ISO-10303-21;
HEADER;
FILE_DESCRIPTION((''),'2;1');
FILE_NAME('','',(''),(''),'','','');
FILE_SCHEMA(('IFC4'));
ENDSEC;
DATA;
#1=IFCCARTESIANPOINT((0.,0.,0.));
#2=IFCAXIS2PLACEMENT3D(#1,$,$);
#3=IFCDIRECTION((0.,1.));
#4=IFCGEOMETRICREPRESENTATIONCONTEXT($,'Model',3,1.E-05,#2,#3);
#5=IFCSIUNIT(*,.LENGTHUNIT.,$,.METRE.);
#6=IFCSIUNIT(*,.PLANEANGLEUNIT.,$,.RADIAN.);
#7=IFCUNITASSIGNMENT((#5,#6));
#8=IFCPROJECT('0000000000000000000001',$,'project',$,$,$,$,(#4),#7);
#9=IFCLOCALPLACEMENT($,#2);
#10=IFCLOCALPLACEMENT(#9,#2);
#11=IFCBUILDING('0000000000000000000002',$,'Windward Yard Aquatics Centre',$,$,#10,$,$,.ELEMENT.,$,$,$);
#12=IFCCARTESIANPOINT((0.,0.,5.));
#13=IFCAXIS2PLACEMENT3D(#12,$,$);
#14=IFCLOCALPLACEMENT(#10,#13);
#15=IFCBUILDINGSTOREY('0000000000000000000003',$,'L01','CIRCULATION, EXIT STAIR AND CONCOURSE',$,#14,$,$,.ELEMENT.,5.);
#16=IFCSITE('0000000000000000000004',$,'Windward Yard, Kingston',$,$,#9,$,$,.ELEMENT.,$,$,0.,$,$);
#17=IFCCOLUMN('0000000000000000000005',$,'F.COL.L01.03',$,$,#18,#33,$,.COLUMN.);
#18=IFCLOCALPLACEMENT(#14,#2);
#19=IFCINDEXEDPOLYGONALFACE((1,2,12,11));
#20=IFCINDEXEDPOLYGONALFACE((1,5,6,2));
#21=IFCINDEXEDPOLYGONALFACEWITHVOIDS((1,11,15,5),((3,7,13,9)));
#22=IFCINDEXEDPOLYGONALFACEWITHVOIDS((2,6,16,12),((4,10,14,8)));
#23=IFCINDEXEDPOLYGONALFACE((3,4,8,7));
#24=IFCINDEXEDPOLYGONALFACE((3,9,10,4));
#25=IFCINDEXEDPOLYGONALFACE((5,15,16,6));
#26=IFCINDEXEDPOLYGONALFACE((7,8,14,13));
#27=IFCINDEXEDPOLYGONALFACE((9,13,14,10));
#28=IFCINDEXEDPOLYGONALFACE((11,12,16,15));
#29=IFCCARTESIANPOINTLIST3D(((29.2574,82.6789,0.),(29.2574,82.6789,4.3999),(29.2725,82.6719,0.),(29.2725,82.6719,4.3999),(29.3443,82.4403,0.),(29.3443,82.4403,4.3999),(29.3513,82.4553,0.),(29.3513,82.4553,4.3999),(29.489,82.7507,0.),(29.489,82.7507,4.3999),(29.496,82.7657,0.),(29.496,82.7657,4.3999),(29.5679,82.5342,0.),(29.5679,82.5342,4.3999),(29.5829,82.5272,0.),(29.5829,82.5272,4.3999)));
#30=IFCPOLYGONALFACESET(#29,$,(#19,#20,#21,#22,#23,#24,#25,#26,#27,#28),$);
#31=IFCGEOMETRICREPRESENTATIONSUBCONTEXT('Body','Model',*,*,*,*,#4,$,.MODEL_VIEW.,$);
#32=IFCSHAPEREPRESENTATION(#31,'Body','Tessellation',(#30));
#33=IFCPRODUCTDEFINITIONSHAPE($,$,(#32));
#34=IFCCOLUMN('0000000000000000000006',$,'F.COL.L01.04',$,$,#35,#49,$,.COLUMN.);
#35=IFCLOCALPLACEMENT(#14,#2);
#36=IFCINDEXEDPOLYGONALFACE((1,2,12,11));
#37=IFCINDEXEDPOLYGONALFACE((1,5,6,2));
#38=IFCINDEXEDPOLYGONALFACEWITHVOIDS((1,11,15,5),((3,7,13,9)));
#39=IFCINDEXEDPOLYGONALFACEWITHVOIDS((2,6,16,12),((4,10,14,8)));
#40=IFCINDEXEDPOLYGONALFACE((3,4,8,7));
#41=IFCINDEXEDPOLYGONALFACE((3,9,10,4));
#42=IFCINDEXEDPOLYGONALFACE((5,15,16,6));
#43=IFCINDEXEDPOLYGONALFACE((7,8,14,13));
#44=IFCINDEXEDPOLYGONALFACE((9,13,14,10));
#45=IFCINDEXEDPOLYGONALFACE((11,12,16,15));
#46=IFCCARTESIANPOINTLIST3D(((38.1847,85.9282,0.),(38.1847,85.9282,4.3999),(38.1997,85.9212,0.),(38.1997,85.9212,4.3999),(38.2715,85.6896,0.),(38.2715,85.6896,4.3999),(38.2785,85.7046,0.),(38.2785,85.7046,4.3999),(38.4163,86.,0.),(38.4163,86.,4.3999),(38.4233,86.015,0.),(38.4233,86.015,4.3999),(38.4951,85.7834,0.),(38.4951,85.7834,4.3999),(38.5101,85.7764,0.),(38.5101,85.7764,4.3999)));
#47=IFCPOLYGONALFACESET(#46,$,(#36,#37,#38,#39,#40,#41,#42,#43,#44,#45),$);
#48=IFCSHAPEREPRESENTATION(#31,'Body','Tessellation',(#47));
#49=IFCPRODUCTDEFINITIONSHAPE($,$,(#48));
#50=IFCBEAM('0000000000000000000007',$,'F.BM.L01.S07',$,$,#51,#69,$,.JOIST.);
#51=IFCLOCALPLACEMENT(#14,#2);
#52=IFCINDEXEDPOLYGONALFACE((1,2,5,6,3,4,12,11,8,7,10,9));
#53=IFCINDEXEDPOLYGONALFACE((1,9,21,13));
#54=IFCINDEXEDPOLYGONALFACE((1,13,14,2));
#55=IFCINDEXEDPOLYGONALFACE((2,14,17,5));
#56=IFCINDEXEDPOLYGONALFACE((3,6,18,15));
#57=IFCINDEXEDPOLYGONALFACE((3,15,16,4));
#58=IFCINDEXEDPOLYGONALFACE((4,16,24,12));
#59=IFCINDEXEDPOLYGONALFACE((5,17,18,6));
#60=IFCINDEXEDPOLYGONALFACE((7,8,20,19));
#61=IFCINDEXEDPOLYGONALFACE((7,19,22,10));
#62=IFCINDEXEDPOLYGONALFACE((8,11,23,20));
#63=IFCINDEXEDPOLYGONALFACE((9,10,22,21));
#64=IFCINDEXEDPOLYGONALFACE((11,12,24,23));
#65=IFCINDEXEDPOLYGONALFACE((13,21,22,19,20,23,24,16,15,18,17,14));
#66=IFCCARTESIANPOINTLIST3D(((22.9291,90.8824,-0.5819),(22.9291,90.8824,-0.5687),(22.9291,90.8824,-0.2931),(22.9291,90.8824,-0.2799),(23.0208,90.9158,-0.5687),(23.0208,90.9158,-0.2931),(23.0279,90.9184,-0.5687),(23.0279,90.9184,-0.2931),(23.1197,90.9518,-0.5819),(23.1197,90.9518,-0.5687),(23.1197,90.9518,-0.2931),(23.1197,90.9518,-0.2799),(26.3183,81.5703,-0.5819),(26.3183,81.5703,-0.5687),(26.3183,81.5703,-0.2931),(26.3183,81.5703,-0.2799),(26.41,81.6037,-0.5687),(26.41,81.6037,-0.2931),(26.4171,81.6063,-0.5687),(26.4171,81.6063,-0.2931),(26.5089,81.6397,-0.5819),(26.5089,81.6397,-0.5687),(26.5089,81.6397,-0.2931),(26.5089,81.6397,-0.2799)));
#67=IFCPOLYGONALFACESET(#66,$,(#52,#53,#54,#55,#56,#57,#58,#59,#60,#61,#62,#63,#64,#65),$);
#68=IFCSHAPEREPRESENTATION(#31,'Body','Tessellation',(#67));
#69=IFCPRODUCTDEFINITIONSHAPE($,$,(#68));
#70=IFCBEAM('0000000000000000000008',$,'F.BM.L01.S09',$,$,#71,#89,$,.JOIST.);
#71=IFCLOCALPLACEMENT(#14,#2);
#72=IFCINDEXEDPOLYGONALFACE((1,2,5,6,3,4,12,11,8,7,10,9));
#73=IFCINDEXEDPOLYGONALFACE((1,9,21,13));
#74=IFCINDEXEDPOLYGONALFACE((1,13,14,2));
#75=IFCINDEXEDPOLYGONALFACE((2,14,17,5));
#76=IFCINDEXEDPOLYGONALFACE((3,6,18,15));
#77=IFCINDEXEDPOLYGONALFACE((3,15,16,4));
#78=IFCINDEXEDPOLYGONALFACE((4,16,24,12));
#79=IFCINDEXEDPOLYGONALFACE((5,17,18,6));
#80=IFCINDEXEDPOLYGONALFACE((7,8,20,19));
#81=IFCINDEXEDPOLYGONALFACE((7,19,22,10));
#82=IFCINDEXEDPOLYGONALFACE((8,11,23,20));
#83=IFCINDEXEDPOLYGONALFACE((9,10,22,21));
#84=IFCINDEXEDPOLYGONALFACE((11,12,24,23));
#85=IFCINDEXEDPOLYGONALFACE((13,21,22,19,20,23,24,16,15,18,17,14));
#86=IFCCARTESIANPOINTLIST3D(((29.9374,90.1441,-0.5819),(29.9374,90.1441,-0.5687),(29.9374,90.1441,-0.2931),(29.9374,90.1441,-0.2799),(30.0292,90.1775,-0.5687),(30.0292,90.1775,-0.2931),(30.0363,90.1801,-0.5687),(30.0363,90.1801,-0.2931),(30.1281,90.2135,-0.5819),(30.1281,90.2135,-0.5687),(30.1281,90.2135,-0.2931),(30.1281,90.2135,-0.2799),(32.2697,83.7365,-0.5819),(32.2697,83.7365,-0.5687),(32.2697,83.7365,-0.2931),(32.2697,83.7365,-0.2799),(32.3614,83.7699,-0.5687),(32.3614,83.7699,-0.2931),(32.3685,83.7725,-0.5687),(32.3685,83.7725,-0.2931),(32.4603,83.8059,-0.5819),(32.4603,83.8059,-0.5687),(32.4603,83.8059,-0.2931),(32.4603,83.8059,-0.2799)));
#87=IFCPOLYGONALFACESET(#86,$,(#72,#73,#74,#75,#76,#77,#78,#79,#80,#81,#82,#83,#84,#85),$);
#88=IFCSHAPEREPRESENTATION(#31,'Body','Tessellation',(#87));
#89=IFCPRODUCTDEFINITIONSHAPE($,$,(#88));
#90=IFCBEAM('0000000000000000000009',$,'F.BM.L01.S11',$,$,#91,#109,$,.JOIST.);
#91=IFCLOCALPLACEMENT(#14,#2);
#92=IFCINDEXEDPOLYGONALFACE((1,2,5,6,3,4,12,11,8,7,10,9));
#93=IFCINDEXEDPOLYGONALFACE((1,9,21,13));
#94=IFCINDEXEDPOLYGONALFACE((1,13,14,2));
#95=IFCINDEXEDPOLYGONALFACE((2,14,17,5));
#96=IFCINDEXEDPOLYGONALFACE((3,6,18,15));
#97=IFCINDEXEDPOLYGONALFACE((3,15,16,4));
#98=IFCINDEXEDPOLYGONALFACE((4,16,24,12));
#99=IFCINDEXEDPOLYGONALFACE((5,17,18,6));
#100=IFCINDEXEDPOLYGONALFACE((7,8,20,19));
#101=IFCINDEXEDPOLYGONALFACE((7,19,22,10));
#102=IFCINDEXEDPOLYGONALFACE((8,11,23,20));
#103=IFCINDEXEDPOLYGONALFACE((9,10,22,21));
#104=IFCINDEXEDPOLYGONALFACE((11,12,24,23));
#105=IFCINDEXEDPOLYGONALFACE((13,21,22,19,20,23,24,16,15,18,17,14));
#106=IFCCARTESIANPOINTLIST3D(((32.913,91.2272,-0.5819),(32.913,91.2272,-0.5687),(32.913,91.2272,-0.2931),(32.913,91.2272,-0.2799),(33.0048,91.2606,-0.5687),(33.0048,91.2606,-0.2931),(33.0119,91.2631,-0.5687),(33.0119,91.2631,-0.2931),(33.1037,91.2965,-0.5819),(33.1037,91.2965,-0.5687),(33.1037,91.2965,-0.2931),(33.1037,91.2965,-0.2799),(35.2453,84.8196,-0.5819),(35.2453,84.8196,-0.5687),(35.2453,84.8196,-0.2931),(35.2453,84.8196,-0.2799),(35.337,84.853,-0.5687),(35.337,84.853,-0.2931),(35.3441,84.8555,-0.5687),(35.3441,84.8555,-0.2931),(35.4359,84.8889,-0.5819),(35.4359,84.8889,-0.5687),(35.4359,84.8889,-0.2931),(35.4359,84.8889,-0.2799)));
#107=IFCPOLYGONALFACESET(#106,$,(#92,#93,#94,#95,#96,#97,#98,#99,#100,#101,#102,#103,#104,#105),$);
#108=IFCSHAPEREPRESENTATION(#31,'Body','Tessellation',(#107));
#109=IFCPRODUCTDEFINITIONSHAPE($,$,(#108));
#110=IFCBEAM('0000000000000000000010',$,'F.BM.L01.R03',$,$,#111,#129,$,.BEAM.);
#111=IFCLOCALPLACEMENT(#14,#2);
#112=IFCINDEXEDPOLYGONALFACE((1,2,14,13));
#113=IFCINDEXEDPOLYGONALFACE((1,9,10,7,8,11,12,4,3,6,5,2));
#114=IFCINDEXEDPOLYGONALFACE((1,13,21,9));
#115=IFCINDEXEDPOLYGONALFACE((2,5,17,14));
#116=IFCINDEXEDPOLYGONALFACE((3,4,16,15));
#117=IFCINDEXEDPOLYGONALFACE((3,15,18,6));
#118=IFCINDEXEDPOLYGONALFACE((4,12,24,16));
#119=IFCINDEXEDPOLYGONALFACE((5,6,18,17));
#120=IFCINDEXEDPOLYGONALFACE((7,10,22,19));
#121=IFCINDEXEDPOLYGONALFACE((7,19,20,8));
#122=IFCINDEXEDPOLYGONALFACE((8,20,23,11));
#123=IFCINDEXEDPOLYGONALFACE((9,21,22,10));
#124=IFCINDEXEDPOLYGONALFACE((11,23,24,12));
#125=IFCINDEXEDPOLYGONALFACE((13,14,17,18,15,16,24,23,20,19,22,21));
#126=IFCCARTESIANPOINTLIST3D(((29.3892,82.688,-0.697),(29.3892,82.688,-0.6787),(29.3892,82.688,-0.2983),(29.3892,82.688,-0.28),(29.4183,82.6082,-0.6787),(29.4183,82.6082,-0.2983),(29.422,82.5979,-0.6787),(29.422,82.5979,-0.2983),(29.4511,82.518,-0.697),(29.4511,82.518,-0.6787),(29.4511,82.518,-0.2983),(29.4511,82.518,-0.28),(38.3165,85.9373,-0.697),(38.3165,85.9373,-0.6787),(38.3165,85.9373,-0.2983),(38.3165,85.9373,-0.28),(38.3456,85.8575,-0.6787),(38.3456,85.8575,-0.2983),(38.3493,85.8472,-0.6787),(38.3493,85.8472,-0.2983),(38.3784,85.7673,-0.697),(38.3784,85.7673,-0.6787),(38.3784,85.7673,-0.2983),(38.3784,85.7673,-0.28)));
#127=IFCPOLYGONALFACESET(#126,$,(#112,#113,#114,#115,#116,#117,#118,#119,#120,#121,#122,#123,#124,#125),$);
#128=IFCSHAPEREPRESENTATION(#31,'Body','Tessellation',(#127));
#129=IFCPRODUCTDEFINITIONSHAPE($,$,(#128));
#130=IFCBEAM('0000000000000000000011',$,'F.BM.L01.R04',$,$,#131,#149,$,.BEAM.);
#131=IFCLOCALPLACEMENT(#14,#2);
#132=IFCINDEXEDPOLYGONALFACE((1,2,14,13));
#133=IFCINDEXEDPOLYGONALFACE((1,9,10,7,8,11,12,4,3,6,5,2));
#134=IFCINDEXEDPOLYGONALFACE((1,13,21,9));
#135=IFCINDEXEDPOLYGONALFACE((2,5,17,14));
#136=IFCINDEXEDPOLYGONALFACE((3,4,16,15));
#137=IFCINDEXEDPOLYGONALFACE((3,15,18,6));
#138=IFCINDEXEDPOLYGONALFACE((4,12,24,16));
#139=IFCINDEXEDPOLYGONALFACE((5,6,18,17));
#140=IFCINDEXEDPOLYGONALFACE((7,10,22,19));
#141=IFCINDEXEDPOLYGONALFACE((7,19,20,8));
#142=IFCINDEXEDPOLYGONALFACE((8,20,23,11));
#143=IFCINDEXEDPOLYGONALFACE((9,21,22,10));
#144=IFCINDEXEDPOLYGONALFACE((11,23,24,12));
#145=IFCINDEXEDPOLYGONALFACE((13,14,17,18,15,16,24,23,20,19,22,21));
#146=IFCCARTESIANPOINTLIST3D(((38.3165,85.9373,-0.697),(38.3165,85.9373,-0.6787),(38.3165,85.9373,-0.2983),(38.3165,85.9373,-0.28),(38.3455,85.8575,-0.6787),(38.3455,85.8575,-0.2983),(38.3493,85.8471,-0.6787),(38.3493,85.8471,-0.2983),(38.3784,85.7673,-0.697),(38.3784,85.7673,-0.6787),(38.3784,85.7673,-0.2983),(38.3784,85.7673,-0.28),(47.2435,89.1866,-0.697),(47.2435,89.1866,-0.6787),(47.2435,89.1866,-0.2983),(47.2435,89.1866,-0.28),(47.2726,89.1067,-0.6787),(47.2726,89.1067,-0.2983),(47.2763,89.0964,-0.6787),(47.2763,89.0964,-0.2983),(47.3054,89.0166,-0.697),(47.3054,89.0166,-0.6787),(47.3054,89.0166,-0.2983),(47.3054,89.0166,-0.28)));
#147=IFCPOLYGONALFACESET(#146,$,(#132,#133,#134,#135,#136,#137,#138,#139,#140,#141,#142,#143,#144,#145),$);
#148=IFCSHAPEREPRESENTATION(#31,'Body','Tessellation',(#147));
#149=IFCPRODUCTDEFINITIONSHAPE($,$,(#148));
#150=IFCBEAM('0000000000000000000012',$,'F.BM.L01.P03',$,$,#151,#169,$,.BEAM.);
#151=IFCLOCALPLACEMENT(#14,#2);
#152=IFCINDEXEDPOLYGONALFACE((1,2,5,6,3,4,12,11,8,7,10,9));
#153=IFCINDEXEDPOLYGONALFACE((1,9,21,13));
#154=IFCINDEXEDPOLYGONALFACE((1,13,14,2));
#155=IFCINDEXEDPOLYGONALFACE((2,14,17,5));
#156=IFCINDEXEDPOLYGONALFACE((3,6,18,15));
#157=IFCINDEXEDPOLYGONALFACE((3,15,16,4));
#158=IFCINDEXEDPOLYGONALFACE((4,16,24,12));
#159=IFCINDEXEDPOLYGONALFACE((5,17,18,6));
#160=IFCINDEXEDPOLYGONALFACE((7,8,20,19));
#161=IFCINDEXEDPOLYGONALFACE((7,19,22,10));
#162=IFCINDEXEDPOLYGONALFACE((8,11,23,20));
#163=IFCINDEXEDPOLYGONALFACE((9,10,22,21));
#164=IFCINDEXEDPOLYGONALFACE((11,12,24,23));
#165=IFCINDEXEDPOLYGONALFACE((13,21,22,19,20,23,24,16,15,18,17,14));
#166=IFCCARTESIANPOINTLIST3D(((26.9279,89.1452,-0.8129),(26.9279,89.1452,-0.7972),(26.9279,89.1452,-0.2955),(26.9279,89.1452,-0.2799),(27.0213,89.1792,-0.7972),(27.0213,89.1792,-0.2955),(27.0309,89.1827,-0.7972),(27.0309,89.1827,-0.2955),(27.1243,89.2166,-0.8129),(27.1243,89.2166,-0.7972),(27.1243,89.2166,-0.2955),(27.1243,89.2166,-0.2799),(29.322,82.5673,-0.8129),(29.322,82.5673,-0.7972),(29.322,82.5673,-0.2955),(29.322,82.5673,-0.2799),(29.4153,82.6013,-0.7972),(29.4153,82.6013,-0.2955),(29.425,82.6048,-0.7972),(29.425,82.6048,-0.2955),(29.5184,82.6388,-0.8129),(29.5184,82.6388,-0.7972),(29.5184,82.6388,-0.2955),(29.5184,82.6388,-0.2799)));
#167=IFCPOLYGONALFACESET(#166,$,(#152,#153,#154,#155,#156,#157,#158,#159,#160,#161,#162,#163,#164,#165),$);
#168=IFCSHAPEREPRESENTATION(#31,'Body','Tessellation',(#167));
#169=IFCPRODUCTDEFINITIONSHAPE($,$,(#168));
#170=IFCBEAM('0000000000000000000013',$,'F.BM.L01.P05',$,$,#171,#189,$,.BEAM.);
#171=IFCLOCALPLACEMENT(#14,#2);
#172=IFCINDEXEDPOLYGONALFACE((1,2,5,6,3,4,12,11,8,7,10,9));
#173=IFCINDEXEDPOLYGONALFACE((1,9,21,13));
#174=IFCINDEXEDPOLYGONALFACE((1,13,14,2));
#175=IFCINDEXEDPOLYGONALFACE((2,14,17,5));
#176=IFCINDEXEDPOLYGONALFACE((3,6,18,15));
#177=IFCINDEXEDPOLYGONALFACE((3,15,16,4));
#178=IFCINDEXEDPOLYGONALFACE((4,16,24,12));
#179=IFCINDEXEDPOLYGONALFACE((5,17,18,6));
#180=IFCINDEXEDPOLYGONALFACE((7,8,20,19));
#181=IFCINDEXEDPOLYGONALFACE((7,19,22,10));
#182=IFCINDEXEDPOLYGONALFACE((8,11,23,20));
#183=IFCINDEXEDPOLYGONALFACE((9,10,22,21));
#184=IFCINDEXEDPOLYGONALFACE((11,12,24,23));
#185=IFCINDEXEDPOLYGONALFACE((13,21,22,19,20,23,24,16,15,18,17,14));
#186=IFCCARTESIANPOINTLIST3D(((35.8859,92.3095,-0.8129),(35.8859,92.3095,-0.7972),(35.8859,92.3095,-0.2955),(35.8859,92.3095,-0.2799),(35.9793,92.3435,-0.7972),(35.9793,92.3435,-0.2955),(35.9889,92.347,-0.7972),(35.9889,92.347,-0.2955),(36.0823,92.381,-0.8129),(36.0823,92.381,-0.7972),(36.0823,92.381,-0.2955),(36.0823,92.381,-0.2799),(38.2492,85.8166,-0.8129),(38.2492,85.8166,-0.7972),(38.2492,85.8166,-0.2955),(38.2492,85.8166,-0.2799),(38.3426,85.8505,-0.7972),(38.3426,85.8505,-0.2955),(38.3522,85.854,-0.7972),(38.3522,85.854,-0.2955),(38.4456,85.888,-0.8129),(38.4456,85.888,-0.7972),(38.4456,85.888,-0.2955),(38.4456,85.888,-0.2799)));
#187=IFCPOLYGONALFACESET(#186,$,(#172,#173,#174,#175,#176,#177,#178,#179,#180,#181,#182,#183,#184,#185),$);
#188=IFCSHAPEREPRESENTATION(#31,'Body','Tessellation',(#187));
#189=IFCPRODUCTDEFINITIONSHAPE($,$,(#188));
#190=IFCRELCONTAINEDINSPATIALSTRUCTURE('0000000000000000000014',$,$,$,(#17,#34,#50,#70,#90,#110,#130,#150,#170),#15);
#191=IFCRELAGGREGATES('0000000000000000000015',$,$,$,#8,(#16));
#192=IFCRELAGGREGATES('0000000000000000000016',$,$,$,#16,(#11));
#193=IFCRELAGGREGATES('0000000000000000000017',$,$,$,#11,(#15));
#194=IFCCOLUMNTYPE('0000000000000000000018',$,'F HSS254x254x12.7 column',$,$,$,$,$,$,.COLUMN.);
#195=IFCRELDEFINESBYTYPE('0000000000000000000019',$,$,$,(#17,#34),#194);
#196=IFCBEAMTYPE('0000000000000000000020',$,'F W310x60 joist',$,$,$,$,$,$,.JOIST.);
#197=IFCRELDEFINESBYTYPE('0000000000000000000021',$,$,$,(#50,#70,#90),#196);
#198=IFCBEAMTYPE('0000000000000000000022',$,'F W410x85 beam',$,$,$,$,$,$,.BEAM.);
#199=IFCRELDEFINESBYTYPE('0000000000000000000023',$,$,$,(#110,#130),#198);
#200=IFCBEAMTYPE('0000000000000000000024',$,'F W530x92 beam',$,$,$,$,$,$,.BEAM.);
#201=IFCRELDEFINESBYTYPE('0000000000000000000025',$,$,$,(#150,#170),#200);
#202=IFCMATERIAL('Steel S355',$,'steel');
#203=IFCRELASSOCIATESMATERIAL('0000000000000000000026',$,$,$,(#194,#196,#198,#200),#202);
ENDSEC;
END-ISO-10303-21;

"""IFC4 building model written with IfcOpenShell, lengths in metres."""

from ifc_helpers import new_model, si_unit, direction, frame, origin, origin_2d, place, context, subcontext, project, spatial, hollow_rectangle, i_section, extrude, material, material_profile, profile_set, type_object, element, save


model = new_model("IFC4")

# Units and contexts
model_context = context("Model", 3, precision=1e-05, world=origin(), true_north=direction((0.0, 1.0)))
body_context = subcontext(model_context, "Body", "Model", "MODEL_VIEW")
ifc_project = project(units=[si_unit("LENGTHUNIT", "METRE"), si_unit("PLANEANGLEUNIT", "RADIAN")], contexts=[model_context])

# Site, building, storey
site_placement = place(None, origin())
site = spatial("IfcSite", under=ifc_project, at=site_placement, Name="Windward Yard, Kingston", CompositionType="ELEMENT", RefElevation=0.0)
building_placement = place(site_placement, origin())
building = spatial("IfcBuilding", under=site, at=building_placement, Name="Windward Yard Aquatics Centre", CompositionType="ELEMENT")
storey_placement = place(building_placement, frame((0.0, 0.0, 5.0)))
storey = spatial("IfcBuildingStorey", under=building, at=storey_placement, Name="L01", Description="CIRCULATION, EXIT STAIR AND CONCOURSE", CompositionType="ELEMENT", Elevation=5.0)

# Columns
ifc_material_1 = material(Name="Steel S355", Category="steel")
ifc_material_profile_1 = material_profile(ifc_material_1, hollow_rectangle(XDim=0.2539, YDim=0.2539, WallThickness=0.0117, at=origin_2d()), Name="HSS254x254x12.7")
ifc_profile_set_1 = profile_set([ifc_material_profile_1], Name="Steel S355")
column_type = type_object("IfcColumnType", Name="F HSS254x254x12.7 column", PredefinedType="COLUMN", material=ifc_profile_set_1)
for number, where, z_axis, x_axis, name in (
    (1, (29.4202, 82.603, 0.0), (0.0, 0.0, 1.0), (0.939693, 0.34202, 0.0), "F.COL.L01.03"),
    (2, (38.3474, 85.8523, 0.0), (0.0, 0.0, 1.0), (0.939693, 0.34202, 0.0), "F.COL.L01.04"),
):
    element("IfcColumn", number, at=place(storey_placement, frame(where, z_axis=z_axis, x_axis=x_axis)), inside=storey, type_object=column_type, Name=name, PredefinedType="COLUMN", context=body_context, shape_type="SweptSolid", body=[
        extrude(hollow_rectangle(XDim=0.2539, YDim=0.2539, WallThickness=0.0117, at=origin_2d()), origin(), (0.0, 0.0, 1.0), 4.3999),
    ])

# Beams
ifc_material_profile_2 = material_profile(ifc_material_1, i_section(OverallWidth=0.2029, OverallDepth=0.302, WebThickness=0.0076, FlangeThickness=0.0132, at=origin_2d()), Name="W310x60")
ifc_profile_set_2 = profile_set([ifc_material_profile_2], Name="Steel S355")
beam_type_1 = type_object("IfcBeamType", Name="F W310x60 joist", PredefinedType="JOIST", material=ifc_profile_set_2)
beam_1_placement = place(storey_placement, frame((26.4136, 81.605, -0.4309), z_axis=(-0.342008, 0.939697, 0.0), x_axis=(-0.939697, -0.342008, 0.0)))
element("IfcBeam", 3, at=beam_1_placement, inside=storey, type_object=beam_type_1, Name="F.BM.L01.S07", PredefinedType="JOIST", context=body_context, shape_type="SweptSolid", body=[
    extrude(i_section(OverallWidth=0.2029, OverallDepth=0.302, WebThickness=0.0076, FlangeThickness=0.0132, at=origin_2d()), origin(), (0.0, 0.0, 1.0), 9.9097),
])
for number, where, z_axis, x_axis, name in (
    (4, (32.365, 83.7712, -0.4309), (-0.342028, 0.93969, 0.0), (-0.93969, -0.342028, 0.0), "F.BM.L01.S09"),
    (5, (35.3406, 84.8542, -0.4309), (-0.342028, 0.93969, 0.0), (-0.93969, -0.342028, 0.0), "F.BM.L01.S11"),
):
    element("IfcBeam", number, at=place(storey_placement, frame(where, z_axis=z_axis, x_axis=x_axis)), inside=storey, type_object=beam_type_1, Name=name, PredefinedType="JOIST", context=body_context, shape_type="SweptSolid", body=[
        extrude(i_section(OverallWidth=0.2029, OverallDepth=0.302, WebThickness=0.0076, FlangeThickness=0.0132, at=origin_2d()), origin(), (0.0, 0.0, 1.0), 6.8188),
    ])
ifc_material_profile_3 = material_profile(ifc_material_1, i_section(OverallWidth=0.1809, OverallDepth=0.417, WebThickness=0.011, FlangeThickness=0.0183, at=origin_2d()), Name="W410x85")
ifc_profile_set_3 = profile_set([ifc_material_profile_3], Name="Steel S355")
beam_type_2 = type_object("IfcBeamType", Name="F W410x85 beam", PredefinedType="BEAM", material=ifc_profile_set_3)
beam_2_placement = place(storey_placement, frame((29.4202, 82.603, -0.4885), z_axis=(0.939692, 0.342022, 0.0), x_axis=(-0.342022, 0.939692, 0.0)))
element("IfcBeam", 6, at=beam_2_placement, inside=storey, type_object=beam_type_2, Name="F.BM.L01.R03", PredefinedType="BEAM", context=body_context, shape_type="SweptSolid", body=[
    extrude(i_section(OverallWidth=0.1809, OverallDepth=0.417, WebThickness=0.011, FlangeThickness=0.0183, at=origin_2d()), origin(), (0.0, 0.0, 1.0), 9.5002),
])
beam_3_placement = place(storey_placement, frame((38.3474, 85.8523, -0.4885), z_axis=(0.939689, 0.34203, 0.0), x_axis=(-0.34203, 0.939689, 0.0)))
element("IfcBeam", 7, at=beam_3_placement, inside=storey, type_object=beam_type_2, Name="F.BM.L01.R04", PredefinedType="BEAM", context=body_context, shape_type="SweptSolid", body=[
    extrude(i_section(OverallWidth=0.1809, OverallDepth=0.417, WebThickness=0.011, FlangeThickness=0.0183, at=origin_2d()), origin(), (0.0, 0.0, 1.0), 9.5),
])
ifc_material_profile_4 = material_profile(ifc_material_1, i_section(OverallWidth=0.209, OverallDepth=0.533, WebThickness=0.0103, FlangeThickness=0.0156, at=origin_2d()), Name="W530x92")
ifc_profile_set_4 = profile_set([ifc_material_profile_4], Name="Steel S355")
beam_type_3 = type_object("IfcBeamType", Name="F W530x92 beam", PredefinedType="BEAM", material=ifc_profile_set_4)
beam_4_placement = place(storey_placement, frame((29.4202, 82.603, -0.5464), z_axis=(-0.342006, 0.939698, 0.0), x_axis=(-0.939698, -0.342006, 0.0)))
element("IfcBeam", 8, at=beam_4_placement, inside=storey, type_object=beam_type_3, Name="F.BM.L01.P03", PredefinedType="BEAM", context=body_context, shape_type="SweptSolid", body=[
    extrude(i_section(OverallWidth=0.209, OverallDepth=0.533, WebThickness=0.0103, FlangeThickness=0.0156, at=origin_2d()), origin(), (0.0, 0.0, 1.0), 7.0),
])
beam_5_placement = place(storey_placement, frame((38.3474, 85.8523, -0.5464), z_axis=(-0.342027, 0.93969, 0.0), x_axis=(-0.93969, -0.342027, 0.0)))
element("IfcBeam", 9, at=beam_5_placement, inside=storey, type_object=beam_type_3, Name="F.BM.L01.P05", PredefinedType="BEAM", context=body_context, shape_type="SweptSolid", body=[
    extrude(i_section(OverallWidth=0.209, OverallDepth=0.533, WebThickness=0.0103, FlangeThickness=0.0156, at=origin_2d()), origin(), (0.0, 0.0, 1.0), 6.9097),
])

save(model, "model.ifc")
